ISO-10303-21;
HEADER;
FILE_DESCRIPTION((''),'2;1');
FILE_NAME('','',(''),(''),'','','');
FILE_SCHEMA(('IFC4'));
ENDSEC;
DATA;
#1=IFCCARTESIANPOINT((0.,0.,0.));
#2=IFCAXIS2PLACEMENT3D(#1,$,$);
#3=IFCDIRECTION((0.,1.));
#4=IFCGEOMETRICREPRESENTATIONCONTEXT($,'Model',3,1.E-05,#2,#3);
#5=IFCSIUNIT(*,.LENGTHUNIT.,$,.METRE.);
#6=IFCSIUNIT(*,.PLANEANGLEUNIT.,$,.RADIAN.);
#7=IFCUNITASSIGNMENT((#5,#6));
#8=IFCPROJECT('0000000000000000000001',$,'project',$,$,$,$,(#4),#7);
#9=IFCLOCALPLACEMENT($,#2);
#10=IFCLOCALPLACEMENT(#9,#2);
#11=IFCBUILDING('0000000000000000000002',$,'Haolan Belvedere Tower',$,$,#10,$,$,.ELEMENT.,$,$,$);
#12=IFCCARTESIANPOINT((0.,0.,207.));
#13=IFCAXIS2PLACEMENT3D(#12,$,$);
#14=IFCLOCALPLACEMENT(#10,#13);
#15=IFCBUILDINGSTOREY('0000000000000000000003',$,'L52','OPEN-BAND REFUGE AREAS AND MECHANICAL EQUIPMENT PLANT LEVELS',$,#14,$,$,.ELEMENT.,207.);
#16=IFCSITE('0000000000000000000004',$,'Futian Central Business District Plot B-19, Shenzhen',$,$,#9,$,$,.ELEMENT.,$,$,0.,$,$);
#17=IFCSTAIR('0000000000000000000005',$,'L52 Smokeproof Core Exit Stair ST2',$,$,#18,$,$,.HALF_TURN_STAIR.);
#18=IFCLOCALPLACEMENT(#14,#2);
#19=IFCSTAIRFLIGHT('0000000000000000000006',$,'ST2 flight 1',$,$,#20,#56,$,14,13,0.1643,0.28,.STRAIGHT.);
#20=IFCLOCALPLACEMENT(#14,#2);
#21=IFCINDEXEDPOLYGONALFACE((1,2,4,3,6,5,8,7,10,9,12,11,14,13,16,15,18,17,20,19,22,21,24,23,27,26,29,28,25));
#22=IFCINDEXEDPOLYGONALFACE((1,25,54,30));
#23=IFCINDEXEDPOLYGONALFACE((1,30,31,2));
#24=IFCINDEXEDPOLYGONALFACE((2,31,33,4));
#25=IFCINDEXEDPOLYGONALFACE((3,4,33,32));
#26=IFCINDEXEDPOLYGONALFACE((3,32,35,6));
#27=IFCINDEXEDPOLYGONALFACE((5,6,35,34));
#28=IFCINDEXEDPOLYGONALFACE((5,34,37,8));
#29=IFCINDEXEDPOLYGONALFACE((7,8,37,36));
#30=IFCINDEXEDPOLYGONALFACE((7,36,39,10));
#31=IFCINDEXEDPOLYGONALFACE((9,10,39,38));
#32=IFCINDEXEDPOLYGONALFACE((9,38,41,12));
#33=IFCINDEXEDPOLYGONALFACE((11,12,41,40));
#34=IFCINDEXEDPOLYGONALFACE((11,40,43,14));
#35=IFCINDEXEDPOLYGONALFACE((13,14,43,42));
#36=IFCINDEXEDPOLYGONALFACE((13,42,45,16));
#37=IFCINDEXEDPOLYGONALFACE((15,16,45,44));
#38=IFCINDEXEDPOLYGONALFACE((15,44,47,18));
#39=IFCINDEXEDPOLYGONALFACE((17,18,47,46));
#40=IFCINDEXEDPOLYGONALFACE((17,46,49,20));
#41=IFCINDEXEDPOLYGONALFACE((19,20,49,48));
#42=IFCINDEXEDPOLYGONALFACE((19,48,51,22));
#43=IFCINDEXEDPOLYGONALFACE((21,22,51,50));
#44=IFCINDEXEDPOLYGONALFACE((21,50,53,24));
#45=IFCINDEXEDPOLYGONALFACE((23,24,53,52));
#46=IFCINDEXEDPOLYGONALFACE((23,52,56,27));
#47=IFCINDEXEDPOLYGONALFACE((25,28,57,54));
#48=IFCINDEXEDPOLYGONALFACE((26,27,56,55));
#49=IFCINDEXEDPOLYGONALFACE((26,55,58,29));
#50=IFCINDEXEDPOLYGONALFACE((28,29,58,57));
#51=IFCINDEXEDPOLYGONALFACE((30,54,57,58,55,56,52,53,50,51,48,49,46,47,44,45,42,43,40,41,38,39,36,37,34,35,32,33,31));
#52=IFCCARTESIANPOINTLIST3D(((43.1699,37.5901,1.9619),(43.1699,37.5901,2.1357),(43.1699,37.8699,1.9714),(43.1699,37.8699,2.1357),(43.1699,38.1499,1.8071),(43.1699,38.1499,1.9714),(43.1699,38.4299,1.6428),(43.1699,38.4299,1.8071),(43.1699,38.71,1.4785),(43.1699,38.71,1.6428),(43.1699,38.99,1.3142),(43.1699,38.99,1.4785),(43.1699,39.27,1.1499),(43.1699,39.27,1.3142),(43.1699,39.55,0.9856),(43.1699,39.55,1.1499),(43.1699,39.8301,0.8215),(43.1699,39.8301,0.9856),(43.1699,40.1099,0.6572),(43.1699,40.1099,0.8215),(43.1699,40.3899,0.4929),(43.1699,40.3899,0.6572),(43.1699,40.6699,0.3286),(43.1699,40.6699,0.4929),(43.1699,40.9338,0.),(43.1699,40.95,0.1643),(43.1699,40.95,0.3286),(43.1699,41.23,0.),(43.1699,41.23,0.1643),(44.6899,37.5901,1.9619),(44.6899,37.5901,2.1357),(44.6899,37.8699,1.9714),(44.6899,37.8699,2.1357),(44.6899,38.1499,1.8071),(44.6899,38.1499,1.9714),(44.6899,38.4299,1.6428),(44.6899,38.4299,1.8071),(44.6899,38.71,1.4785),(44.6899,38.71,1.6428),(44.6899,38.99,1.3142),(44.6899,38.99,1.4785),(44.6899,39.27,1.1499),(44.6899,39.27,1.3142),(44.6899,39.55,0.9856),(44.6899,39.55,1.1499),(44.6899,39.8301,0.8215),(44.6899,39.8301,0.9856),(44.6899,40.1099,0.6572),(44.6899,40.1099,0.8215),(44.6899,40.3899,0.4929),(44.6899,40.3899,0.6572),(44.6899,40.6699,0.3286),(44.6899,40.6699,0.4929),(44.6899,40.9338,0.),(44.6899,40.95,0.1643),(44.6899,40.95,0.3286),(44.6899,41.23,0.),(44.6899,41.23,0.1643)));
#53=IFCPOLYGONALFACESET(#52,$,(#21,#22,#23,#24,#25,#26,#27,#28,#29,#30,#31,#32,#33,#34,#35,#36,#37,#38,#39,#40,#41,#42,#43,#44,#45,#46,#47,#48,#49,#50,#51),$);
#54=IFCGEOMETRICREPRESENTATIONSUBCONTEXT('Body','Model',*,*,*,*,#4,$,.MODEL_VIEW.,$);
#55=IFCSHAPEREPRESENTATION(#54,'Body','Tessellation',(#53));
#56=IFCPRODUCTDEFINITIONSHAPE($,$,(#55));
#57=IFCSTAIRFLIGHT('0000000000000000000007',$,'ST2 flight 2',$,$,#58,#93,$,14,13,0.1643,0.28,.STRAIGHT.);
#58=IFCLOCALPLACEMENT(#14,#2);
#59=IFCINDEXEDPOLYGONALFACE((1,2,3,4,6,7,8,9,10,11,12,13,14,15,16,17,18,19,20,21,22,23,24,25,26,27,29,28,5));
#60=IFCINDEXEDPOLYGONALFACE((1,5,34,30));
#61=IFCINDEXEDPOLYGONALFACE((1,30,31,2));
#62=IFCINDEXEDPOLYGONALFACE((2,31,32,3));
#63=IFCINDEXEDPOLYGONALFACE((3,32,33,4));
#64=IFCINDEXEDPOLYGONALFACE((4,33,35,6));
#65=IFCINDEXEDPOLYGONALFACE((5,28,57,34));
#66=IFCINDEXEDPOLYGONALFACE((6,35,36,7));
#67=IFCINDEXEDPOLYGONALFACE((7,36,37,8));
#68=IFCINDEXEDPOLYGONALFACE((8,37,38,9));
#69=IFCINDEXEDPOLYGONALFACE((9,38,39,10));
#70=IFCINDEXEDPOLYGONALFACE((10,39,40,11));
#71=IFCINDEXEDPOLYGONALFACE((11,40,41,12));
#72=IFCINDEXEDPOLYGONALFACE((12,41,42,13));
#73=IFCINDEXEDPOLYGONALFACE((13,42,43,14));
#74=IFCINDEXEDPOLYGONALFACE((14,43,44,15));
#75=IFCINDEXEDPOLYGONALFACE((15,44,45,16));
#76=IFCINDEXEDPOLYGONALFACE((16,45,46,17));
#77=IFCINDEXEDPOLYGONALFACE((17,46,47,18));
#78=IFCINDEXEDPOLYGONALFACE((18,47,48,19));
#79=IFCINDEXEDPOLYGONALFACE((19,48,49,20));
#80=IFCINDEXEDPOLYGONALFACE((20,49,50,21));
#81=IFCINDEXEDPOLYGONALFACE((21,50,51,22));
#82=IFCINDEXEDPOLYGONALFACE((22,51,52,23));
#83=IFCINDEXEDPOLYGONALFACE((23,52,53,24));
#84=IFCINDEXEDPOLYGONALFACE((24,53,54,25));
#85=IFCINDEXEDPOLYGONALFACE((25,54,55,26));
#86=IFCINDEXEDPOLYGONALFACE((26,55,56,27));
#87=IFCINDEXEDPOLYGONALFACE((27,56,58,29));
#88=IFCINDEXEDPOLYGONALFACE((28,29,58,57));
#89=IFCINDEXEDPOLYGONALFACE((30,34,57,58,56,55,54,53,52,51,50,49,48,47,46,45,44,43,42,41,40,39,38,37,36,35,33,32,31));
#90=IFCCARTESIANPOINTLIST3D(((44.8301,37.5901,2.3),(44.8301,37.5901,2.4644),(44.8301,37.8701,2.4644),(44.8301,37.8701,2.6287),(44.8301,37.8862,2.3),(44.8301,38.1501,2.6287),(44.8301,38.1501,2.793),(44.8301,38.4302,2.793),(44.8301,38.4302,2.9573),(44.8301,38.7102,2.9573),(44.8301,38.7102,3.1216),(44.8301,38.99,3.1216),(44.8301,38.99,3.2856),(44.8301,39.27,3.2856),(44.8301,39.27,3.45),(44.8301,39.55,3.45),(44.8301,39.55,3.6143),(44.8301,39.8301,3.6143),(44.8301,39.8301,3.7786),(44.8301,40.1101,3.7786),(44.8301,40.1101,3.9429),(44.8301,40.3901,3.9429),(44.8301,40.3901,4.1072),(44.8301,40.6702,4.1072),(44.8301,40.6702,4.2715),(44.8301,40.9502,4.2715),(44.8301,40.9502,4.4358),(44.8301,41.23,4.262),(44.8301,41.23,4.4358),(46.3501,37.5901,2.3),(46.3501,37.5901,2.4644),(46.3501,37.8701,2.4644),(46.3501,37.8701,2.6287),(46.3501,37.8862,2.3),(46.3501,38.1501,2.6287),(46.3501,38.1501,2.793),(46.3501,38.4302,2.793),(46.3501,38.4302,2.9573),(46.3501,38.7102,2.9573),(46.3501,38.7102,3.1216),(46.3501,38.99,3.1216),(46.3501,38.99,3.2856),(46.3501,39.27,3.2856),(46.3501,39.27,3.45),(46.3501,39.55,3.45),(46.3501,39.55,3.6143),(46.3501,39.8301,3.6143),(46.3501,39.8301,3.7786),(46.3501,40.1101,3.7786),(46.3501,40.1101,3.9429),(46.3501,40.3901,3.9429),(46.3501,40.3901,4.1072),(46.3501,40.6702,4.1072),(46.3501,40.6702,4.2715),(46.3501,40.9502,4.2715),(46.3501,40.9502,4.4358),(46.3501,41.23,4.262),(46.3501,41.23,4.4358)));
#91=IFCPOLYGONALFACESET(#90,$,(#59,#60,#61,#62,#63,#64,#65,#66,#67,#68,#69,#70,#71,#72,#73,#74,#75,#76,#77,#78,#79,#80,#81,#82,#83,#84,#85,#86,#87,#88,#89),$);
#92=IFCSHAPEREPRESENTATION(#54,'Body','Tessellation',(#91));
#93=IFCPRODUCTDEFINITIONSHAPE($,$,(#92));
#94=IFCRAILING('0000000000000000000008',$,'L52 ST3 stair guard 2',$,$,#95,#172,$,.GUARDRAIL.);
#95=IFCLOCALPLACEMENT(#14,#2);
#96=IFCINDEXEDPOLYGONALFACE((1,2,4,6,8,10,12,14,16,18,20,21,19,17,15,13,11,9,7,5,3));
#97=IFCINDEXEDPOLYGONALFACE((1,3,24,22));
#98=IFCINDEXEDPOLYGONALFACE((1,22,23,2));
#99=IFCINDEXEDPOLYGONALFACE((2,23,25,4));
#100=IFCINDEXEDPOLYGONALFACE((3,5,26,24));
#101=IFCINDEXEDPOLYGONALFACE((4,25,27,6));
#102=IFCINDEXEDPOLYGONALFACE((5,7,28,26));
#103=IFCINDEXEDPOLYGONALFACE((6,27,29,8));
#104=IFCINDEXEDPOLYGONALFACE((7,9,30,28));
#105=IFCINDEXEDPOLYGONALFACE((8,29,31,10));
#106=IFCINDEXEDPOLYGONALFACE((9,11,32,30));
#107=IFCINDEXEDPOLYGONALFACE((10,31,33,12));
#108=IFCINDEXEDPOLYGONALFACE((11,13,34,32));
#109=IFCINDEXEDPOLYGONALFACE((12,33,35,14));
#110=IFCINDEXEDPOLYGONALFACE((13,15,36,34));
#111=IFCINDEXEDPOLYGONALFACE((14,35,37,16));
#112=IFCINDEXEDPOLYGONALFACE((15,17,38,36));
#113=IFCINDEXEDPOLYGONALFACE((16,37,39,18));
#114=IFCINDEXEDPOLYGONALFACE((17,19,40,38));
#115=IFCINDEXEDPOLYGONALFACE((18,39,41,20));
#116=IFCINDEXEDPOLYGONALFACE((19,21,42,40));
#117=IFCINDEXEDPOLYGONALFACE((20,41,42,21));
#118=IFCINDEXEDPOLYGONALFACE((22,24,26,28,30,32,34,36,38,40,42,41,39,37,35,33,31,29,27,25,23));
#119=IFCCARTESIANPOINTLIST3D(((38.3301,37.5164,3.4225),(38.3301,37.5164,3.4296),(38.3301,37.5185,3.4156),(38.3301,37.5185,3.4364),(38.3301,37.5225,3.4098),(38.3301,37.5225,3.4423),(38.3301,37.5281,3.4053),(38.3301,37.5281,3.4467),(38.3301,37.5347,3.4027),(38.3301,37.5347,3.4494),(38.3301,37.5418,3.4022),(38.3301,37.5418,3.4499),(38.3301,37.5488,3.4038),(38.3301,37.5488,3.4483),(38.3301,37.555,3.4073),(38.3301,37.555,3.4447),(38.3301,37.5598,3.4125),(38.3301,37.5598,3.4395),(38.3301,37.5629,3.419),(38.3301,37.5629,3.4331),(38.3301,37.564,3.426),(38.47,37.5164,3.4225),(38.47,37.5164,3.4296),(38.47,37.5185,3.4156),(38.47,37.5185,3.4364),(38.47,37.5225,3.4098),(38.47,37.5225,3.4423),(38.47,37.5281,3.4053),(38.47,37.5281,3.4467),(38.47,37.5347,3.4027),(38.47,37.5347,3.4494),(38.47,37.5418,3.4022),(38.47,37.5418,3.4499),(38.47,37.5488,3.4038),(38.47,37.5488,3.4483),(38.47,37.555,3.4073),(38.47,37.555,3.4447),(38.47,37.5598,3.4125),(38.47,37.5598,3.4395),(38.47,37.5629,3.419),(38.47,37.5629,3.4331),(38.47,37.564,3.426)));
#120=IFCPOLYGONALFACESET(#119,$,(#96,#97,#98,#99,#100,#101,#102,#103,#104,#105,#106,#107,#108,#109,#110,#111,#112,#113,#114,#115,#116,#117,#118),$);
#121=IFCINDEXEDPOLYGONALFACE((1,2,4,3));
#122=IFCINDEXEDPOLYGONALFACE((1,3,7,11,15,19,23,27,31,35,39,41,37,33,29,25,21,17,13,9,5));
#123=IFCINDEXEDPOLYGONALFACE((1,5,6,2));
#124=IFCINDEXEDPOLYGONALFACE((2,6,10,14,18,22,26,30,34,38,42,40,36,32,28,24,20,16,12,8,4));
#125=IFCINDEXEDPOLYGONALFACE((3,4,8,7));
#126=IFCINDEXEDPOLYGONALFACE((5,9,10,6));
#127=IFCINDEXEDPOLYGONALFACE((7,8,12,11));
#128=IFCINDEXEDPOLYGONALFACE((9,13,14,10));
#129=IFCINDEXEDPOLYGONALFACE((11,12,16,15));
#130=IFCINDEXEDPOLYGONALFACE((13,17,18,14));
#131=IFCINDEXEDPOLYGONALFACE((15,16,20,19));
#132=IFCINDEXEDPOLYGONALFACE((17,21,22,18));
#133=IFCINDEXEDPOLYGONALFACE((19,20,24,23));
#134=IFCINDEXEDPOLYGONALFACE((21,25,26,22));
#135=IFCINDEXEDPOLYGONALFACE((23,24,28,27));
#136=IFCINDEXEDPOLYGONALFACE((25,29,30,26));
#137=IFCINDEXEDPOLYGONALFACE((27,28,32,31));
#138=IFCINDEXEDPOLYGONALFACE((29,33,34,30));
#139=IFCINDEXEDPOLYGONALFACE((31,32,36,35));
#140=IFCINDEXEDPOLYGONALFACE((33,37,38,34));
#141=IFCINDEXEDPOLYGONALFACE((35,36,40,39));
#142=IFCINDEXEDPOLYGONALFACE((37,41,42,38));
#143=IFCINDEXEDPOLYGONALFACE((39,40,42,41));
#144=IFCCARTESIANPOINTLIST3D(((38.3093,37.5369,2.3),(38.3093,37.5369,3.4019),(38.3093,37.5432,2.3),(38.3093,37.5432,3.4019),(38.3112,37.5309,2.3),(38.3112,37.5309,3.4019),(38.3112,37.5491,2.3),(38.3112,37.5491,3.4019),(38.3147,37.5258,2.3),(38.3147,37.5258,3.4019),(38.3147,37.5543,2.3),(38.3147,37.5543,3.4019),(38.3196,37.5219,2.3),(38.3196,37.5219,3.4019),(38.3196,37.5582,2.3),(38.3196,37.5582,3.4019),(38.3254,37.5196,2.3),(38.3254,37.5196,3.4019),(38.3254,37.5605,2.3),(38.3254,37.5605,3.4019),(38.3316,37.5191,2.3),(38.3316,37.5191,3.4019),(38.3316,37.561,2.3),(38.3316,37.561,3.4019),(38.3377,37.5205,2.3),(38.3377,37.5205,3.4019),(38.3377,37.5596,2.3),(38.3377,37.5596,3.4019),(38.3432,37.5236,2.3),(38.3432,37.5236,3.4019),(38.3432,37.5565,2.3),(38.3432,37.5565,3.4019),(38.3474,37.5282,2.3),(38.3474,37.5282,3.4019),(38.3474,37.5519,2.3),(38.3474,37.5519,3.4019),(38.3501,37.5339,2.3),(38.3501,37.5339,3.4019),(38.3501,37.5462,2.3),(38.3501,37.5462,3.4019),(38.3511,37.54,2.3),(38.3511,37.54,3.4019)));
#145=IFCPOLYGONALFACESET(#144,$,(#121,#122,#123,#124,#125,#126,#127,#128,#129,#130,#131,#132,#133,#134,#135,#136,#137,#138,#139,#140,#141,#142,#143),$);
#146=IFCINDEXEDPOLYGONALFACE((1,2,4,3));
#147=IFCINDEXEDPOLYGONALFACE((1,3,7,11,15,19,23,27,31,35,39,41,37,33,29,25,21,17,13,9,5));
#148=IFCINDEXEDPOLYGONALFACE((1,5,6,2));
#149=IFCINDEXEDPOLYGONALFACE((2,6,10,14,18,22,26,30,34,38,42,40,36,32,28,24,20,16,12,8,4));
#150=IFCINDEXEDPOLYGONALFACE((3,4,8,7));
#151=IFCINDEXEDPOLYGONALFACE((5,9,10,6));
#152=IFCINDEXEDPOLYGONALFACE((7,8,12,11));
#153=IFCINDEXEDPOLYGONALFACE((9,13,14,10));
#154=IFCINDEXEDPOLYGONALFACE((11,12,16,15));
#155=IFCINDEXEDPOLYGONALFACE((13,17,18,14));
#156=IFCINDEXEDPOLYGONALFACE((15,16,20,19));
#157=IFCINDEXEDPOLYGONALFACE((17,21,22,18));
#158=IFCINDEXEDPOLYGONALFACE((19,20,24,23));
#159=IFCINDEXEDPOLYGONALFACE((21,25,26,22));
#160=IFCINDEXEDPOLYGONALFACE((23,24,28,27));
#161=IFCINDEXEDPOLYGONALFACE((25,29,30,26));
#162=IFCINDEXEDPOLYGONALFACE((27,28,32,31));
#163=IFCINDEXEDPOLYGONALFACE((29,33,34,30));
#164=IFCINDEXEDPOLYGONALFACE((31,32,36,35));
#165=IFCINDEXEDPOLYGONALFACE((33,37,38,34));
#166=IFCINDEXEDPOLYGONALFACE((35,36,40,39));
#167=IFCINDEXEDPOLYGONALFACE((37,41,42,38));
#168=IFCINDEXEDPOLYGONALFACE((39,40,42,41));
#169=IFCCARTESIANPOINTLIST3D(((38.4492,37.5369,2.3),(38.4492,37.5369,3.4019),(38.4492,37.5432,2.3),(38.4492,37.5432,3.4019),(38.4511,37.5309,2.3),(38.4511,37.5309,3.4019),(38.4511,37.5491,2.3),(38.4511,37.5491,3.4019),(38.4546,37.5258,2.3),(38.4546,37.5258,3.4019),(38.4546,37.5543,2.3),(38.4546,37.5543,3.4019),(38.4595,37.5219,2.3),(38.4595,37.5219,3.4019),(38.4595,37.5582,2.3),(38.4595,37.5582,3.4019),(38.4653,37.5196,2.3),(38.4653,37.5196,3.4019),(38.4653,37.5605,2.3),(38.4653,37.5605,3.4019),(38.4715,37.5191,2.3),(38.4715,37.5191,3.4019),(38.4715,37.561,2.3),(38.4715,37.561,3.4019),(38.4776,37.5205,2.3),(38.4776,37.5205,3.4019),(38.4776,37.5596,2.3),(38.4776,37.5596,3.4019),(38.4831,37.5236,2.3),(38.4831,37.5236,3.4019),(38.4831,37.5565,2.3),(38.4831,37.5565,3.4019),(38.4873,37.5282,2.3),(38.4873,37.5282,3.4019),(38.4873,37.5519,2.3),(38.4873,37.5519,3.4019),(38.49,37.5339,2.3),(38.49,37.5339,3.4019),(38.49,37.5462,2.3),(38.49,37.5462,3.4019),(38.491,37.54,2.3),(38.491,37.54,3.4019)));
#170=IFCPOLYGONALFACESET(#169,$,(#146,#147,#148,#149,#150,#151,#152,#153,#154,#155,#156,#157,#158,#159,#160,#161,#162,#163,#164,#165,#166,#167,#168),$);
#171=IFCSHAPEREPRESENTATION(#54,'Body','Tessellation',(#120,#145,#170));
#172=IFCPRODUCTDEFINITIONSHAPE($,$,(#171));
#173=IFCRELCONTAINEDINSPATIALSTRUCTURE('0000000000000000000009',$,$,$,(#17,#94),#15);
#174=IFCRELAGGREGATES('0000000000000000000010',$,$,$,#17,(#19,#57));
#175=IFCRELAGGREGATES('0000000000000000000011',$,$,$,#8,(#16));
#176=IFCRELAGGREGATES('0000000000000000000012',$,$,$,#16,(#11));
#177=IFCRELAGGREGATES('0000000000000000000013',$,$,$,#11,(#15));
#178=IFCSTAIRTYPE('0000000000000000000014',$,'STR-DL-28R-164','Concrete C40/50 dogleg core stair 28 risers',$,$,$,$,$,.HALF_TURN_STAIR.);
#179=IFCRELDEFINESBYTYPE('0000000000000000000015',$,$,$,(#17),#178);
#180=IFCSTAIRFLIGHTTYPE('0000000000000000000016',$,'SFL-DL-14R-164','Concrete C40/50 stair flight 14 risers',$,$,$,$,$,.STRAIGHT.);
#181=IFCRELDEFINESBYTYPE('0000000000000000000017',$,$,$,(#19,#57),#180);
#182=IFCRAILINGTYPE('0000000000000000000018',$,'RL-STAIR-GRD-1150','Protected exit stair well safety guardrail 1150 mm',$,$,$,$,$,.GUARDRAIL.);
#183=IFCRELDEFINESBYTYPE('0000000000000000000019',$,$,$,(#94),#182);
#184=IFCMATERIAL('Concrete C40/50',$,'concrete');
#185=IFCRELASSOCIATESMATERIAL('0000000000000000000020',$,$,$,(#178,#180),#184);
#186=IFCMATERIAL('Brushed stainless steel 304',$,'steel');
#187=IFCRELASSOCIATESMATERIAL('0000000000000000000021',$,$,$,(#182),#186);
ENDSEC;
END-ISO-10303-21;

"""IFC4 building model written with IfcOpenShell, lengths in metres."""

from ifc_helpers import new_model, si_unit, direction, frame, origin, origin_2d, place, context, subcontext, project, spatial, polyline, circle, outline, extrude, material, type_object, element, aggregate, save


model = new_model("IFC4")

# Units and contexts
model_context = context("Model", 3, precision=1e-05, world=origin(), true_north=direction((0.0, 1.0)))
body_context = subcontext(model_context, "Body", "Model", "MODEL_VIEW")
ifc_project = project(units=[si_unit("LENGTHUNIT", "METRE"), si_unit("PLANEANGLEUNIT", "RADIAN")], contexts=[model_context])

# Site, building, storey
site_placement = place(None, origin())
site = spatial("IfcSite", under=ifc_project, at=site_placement, Name="Futian Central Business District Plot B-19, Shenzhen", CompositionType="ELEMENT", RefElevation=0.0)
building_placement = place(site_placement, origin())
building = spatial("IfcBuilding", under=site, at=building_placement, Name="Haolan Belvedere Tower", CompositionType="ELEMENT")
storey_placement = place(building_placement, frame((0.0, 0.0, 207.0)))
storey = spatial("IfcBuildingStorey", under=building, at=storey_placement, Name="L52", Description="OPEN-BAND REFUGE AREAS AND MECHANICAL EQUIPMENT PLANT LEVELS", CompositionType="ELEMENT", Elevation=207.0)

# Shared definitions
ifc_material_1 = material(Name="Concrete C40/50", Category="concrete")

# Shared definitions
stair_type = type_object("IfcStairType", Name="STR-DL-28R-164", Description="Concrete C40/50 dogleg core stair 28 risers", PredefinedType="HALF_TURN_STAIR", material=ifc_material_1)
stair_flight_type = type_object("IfcStairFlightType", Name="SFL-DL-14R-164", Description="Concrete C40/50 stair flight 14 risers", PredefinedType="STRAIGHT", material=ifc_material_1)

# Stair, stair flights
stair_1_placement = place(storey_placement, origin())
stair_1 = element("IfcStair", 1, at=stair_1_placement, inside=storey, type_object=stair_type, Name="L52 Smokeproof Core Exit Stair ST2", PredefinedType="HALF_TURN_STAIR")
stair_flight_1_placement = place(storey_placement, frame((43.9299, 41.23, 0.0), z_axis=(0.0, 0.0, 1.0), x_axis=(0.0, -1.0, 0.0)))
stair_flight_1 = element("IfcStairFlight", 2, at=stair_flight_1_placement, type_object=stair_flight_type, Name="ST2 flight 1", NumberOfRisers=14, NumberOfTreads=13, PredefinedType="STRAIGHT", RiserHeight=0.1643, TreadLength=0.28, context=body_context, shape_type="SweptSolid", body=[
    extrude(outline(polyline([(0.0, 0.0), (0.0, 0.1643), (0.28, 0.1643), (0.28, 0.3286), (0.5601, 0.3286), (0.5601, 0.4929), (0.8401, 0.4929), (0.8401, 0.6572), (1.1201, 0.6572), (1.1201, 0.8215), (1.3999, 0.8215), (1.3999, 0.9856), (1.6799, 0.9856), (1.6799, 1.1499), (1.96, 1.1499), (1.96, 1.3142), (2.24, 1.3142), (2.24, 1.4785), (2.52, 1.4785), (2.52, 1.6428), (2.8, 1.6428), (2.8, 1.8071), (3.0801, 1.8071), (3.0801, 1.9714), (3.3601, 1.9714), (3.3601, 2.1357), (3.6399, 2.1357), (3.6399, 2.3), (3.6399, 1.9619), (0.2961, 0.0), (0.0, 0.0)])), frame((0.0, 0.76, 0.0), z_axis=(0.0, -1.0, 0.0), x_axis=(1.0, 0.0, 0.0)), (0.0, 0.0, 1.0), 1.52),
])
stair_flight_2_placement = place(storey_placement, frame((45.5901, 37.5901, 2.3), z_axis=(0.0, 0.0, 1.0), x_axis=(0.0, 1.0, 0.0)))
stair_flight_2 = element("IfcStairFlight", 3, at=stair_flight_2_placement, type_object=stair_flight_type, Name="ST2 flight 2", NumberOfRisers=14, NumberOfTreads=13, PredefinedType="STRAIGHT", RiserHeight=0.1643, TreadLength=0.28, context=body_context, shape_type="SweptSolid", body=[
    extrude(outline(polyline([(0.0, 0.0), (0.0, 0.1643), (0.28, 0.1643), (0.28, 0.3286), (0.5601, 0.3286), (0.5601, 0.4929), (0.8401, 0.4929), (0.8401, 0.6572), (1.1201, 0.6572), (1.1201, 0.8215), (1.3999, 0.8215), (1.3999, 0.9856), (1.6799, 0.9856), (1.6799, 1.1499), (1.96, 1.1499), (1.96, 1.3142), (2.24, 1.3142), (2.24, 1.4785), (2.52, 1.4785), (2.52, 1.6428), (2.8, 1.6428), (2.8, 1.8071), (3.0801, 1.8071), (3.0801, 1.9714), (3.3601, 1.9714), (3.3601, 2.1357), (3.6399, 2.1357), (3.6399, 2.3), (3.6399, 1.9619), (0.2961, 0.0), (0.0, 0.0)])), frame((0.0, 0.76, 0.0), z_axis=(0.0, -1.0, 0.0), x_axis=(1.0, 0.0, 0.0)), (0.0, 0.0, 1.0), 1.52),
])
aggregate(stair_1, [stair_flight_1, stair_flight_2])

# Railing
ifc_material_2 = material(Name="Brushed stainless steel 304", Category="steel")
railing_type_1 = type_object("IfcRailingType", Name="RL-STAIR-GRD-1150", Description="Protected exit stair well safety guardrail 1150 mm", PredefinedType="GUARDRAIL", material=ifc_material_2)
railing_1_placement = place(storey_placement, frame((38.3301, 37.54, 2.3)))
element("IfcRailing", 4, at=railing_1_placement, inside=storey, type_object=railing_type_1, Name="L52 ST3 stair guard 2", PredefinedType="GUARDRAIL", context=body_context, shape_type="SweptSolid", body=[
    extrude(circle(Radius=0.0239, at=origin_2d()), frame((0.0, 0.0, 1.126), z_axis=(1.0, 0.0, 0.0), x_axis=(0.0, 1.0, 0.0)), (0.0, 0.0, 1.0), 0.1399),
    extrude(circle(Radius=0.021, at=origin_2d()), origin(), (0.0, 0.0, 1.0), 1.1018),
    extrude(circle(Radius=0.021, at=origin_2d()), frame((0.1399, 0.0, 0.0)), (0.0, 0.0, 1.0), 1.1018),
])

save(model, "model.ifc")
